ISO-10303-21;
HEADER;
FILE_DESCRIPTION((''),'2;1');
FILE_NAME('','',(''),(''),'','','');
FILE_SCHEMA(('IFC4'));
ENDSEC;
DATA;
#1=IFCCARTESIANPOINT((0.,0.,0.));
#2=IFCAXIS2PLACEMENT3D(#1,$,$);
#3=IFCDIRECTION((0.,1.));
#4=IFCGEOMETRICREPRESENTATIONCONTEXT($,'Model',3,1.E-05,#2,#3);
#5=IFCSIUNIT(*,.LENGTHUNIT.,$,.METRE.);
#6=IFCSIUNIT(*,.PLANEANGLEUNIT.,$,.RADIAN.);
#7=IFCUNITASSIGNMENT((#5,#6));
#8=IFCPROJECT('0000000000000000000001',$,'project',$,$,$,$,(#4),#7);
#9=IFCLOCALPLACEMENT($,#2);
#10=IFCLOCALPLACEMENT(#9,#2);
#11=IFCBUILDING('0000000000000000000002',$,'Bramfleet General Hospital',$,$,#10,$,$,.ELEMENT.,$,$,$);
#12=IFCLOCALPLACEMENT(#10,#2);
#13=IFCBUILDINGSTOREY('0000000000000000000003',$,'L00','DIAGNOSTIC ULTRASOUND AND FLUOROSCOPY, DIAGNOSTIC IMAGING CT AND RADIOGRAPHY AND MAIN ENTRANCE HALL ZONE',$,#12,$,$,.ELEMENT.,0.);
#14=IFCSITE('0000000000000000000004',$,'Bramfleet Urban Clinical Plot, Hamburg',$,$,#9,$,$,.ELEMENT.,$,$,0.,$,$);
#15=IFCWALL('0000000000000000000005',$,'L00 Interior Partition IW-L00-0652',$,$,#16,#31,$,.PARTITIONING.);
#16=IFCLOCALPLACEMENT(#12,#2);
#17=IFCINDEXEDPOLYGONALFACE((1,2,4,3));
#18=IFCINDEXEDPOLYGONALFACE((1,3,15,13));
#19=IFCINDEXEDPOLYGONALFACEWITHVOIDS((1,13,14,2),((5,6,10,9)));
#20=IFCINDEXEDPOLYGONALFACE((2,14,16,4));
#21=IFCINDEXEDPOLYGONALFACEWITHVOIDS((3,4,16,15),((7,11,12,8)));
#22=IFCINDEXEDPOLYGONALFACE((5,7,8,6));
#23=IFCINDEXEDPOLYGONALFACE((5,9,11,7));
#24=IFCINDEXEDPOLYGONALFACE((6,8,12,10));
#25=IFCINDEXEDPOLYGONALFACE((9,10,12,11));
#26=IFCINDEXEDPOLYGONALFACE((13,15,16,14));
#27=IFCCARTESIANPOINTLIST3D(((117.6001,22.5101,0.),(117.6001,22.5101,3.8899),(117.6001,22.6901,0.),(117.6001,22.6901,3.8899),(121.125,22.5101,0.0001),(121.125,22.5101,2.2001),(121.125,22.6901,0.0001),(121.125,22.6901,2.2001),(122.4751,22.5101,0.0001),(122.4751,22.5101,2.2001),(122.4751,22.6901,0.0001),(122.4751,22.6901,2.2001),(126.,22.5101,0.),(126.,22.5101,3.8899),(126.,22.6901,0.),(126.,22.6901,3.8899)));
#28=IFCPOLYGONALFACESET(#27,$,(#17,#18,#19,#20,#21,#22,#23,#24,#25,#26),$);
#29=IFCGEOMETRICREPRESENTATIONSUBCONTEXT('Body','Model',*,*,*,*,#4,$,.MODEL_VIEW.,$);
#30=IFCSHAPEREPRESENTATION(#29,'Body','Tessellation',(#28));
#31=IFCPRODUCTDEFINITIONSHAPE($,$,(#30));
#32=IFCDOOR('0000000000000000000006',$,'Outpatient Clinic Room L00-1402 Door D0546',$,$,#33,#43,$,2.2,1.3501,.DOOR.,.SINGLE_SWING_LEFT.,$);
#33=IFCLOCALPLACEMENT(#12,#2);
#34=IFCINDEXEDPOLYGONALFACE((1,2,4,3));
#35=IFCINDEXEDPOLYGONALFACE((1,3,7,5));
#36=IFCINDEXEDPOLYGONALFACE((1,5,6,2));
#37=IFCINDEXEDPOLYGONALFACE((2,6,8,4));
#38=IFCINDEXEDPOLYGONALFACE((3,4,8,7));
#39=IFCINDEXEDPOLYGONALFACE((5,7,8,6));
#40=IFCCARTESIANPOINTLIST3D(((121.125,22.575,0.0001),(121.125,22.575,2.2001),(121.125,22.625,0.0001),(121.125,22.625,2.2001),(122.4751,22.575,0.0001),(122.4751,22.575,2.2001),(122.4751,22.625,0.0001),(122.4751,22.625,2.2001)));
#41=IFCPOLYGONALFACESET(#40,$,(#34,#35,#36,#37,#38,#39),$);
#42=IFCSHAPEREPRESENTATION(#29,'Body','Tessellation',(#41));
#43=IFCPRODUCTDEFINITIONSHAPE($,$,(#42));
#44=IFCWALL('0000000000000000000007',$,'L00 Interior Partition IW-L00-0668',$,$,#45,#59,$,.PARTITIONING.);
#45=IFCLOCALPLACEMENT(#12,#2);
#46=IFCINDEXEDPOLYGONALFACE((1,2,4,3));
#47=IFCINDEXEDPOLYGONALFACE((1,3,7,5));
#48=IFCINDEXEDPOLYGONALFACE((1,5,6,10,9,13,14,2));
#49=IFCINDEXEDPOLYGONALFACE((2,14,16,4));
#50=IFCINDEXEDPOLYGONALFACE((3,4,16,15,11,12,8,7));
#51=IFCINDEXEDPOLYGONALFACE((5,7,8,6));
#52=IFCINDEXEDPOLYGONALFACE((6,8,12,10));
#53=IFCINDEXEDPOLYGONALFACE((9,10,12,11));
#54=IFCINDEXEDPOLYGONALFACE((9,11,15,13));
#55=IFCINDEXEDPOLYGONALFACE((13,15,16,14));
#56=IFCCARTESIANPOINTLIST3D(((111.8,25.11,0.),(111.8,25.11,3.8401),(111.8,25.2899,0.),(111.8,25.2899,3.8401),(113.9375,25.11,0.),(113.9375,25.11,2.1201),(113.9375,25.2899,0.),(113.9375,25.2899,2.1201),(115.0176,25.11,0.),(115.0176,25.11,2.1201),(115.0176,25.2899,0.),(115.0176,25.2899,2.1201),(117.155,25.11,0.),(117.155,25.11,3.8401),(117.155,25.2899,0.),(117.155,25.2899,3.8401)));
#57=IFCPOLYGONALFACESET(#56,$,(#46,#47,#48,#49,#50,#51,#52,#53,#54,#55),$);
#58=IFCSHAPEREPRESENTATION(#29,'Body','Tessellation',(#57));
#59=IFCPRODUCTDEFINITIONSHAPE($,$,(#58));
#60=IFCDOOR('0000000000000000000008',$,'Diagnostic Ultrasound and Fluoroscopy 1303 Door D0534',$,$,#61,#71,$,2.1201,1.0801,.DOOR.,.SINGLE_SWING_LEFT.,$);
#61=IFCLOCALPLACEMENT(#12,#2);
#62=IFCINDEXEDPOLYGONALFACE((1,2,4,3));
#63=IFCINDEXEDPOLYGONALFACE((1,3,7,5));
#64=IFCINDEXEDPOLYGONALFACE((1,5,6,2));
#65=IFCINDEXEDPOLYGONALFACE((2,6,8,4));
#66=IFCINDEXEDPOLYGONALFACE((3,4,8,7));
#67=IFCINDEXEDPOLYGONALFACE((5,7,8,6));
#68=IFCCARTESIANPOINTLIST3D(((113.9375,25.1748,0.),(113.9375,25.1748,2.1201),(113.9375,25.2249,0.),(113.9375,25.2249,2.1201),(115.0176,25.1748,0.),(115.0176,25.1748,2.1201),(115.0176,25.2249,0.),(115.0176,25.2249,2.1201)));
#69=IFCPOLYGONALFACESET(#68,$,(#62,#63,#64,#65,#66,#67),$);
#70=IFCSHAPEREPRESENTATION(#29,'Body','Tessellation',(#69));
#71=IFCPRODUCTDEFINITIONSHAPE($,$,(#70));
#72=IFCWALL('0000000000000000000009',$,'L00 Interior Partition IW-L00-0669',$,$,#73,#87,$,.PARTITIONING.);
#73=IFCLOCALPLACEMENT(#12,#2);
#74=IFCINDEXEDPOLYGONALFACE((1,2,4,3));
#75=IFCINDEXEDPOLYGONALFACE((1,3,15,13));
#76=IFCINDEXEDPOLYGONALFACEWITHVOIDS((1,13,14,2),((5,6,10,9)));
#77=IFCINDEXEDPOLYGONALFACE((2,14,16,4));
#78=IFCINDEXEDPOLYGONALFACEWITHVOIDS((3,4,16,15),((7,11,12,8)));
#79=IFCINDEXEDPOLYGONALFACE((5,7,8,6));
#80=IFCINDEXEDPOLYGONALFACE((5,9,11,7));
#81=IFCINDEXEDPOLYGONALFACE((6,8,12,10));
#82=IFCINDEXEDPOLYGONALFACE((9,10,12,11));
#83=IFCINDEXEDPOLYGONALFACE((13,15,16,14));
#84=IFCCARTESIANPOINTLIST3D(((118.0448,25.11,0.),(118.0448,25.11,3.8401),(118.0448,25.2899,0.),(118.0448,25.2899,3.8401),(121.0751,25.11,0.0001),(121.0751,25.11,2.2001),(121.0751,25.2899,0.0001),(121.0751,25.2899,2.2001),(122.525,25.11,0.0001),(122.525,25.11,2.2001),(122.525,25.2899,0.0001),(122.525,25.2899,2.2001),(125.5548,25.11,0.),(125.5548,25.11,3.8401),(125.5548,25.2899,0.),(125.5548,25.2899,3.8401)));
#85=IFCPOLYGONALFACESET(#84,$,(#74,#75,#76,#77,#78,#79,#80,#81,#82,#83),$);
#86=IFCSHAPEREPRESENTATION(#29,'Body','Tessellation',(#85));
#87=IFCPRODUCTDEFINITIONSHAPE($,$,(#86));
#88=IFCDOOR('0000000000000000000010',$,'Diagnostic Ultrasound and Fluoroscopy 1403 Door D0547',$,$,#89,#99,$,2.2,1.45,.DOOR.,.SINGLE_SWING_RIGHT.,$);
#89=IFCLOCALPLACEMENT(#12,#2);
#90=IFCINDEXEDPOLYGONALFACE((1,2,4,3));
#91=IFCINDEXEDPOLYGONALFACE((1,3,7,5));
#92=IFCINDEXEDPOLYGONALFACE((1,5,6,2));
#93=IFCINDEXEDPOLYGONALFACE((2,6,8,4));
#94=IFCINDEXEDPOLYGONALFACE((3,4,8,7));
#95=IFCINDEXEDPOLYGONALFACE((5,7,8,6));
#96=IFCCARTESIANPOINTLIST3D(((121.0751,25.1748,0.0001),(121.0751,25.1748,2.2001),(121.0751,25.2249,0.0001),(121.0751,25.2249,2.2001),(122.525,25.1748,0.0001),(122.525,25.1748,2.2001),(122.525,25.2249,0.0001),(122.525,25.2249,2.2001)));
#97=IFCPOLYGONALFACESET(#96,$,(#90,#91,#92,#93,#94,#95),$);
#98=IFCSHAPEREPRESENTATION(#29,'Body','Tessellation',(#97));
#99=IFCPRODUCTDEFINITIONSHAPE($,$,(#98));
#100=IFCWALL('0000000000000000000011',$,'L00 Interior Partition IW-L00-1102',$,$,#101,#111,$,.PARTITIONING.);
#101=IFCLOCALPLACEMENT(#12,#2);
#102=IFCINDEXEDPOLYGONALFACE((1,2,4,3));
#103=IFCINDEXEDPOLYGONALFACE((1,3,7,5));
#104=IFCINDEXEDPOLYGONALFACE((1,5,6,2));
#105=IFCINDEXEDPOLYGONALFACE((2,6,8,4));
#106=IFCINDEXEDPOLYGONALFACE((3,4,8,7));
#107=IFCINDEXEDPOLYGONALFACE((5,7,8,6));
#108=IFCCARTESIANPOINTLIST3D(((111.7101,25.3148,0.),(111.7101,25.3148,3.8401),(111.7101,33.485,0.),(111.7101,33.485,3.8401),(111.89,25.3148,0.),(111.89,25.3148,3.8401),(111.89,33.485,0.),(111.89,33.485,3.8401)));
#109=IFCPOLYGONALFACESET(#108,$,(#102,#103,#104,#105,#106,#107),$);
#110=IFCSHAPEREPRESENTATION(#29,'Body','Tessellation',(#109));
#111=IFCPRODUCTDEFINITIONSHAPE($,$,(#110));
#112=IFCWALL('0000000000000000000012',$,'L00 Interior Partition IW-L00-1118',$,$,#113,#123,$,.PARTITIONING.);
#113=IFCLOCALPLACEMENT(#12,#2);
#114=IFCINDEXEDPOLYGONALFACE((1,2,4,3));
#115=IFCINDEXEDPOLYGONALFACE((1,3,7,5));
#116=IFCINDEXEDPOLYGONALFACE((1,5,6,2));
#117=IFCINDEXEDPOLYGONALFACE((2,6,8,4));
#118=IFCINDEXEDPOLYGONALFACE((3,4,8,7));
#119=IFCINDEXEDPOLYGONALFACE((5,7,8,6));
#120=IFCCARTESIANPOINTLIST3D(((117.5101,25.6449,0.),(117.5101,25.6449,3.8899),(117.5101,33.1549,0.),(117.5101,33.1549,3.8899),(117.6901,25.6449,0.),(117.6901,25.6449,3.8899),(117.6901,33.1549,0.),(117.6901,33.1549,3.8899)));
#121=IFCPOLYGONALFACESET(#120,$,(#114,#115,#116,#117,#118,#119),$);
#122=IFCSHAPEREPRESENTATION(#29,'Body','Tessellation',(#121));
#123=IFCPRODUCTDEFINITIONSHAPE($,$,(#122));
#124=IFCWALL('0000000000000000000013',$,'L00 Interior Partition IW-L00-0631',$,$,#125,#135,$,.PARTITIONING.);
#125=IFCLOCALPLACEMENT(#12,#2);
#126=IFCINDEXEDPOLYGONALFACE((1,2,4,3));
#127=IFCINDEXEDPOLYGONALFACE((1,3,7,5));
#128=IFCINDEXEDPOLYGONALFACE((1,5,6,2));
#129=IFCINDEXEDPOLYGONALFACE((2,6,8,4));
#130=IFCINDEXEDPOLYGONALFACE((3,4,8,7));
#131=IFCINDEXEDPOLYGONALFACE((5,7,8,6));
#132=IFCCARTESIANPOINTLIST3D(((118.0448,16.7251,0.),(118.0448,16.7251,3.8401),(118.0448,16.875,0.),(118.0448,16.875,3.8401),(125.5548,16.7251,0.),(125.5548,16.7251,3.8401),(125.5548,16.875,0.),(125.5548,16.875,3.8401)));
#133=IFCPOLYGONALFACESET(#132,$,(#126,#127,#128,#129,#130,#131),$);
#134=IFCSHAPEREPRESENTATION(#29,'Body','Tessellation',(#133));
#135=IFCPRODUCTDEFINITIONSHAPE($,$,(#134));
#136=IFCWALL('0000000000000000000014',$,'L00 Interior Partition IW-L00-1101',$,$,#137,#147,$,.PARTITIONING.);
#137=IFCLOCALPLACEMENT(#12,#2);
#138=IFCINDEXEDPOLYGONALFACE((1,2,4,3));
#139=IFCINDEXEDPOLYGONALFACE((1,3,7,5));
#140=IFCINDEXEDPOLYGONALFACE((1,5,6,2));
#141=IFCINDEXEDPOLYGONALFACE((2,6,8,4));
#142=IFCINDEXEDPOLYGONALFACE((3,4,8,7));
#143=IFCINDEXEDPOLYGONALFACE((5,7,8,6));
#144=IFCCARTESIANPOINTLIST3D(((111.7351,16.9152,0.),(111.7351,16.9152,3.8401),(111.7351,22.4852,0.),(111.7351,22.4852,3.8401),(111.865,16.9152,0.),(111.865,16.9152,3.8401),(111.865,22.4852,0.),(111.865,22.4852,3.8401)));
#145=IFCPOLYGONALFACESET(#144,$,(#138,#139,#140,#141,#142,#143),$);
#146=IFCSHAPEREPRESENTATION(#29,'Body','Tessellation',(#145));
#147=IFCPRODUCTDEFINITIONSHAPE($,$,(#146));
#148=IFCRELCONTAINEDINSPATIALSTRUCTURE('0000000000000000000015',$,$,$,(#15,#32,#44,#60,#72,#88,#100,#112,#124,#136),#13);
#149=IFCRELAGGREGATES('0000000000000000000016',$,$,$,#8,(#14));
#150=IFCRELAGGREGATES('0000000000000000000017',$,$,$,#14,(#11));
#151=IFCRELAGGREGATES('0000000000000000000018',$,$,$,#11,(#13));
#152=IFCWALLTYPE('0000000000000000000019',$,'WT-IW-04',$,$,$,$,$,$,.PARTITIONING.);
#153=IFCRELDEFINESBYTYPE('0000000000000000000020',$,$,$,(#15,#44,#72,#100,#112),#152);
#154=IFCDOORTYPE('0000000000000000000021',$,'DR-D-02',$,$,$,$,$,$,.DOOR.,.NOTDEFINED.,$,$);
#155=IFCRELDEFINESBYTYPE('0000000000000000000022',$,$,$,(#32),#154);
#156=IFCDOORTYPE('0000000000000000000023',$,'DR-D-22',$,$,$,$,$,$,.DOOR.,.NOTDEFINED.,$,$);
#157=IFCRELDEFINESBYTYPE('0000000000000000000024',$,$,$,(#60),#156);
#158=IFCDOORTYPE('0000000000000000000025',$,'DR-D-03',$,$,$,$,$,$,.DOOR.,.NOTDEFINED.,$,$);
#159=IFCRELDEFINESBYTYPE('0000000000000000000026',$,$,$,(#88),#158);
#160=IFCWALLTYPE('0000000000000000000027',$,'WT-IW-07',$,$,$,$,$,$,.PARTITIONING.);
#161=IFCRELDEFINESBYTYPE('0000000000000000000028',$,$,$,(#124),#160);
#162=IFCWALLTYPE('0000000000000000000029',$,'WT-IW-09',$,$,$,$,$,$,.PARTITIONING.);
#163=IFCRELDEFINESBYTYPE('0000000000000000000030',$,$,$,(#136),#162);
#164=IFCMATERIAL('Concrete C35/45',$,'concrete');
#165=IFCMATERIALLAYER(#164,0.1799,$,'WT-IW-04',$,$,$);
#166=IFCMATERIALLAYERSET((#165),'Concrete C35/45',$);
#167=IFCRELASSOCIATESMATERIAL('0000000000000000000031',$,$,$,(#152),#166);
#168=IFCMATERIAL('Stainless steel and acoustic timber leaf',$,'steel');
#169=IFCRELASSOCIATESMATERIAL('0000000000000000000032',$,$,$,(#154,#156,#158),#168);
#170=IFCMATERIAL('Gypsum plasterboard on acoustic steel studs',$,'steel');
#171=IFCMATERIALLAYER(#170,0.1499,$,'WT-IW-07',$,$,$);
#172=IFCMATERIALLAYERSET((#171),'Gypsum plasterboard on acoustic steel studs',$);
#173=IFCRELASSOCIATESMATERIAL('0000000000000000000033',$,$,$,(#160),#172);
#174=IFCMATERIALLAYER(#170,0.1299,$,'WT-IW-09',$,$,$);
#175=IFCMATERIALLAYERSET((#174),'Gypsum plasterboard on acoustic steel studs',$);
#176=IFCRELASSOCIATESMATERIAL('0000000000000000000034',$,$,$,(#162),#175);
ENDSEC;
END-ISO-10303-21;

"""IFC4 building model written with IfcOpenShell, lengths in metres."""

from ifc_helpers import new_model, si_unit, direction, frame, frame_2d, origin, place, context, subcontext, project, spatial, rectangle, extrude, material, layer, layer_set, type_object, element, fill, save


model = new_model("IFC4")

# Units and contexts
model_context = context("Model", 3, precision=1e-05, world=origin(), true_north=direction((0.0, 1.0)))
body_context = subcontext(model_context, "Body", "Model", "MODEL_VIEW")
ifc_project = project(units=[si_unit("LENGTHUNIT", "METRE"), si_unit("PLANEANGLEUNIT", "RADIAN")], contexts=[model_context])

# Site, building, storey
site_placement = place(None, origin())
site = spatial("IfcSite", under=ifc_project, at=site_placement, Name="Bramfleet Urban Clinical Plot, Hamburg", CompositionType="ELEMENT", RefElevation=0.0)
building_placement = place(site_placement, origin())
building = spatial("IfcBuilding", under=site, at=building_placement, Name="Bramfleet General Hospital", CompositionType="ELEMENT")
storey_placement = place(building_placement, origin())
storey = spatial("IfcBuildingStorey", under=building, at=storey_placement, Name="L00", Description="DIAGNOSTIC ULTRASOUND AND FLUOROSCOPY, DIAGNOSTIC IMAGING CT AND RADIOGRAPHY AND MAIN ENTRANCE HALL ZONE", CompositionType="ELEMENT", Elevation=0.0)

# Shared definitions
ifc_material_1 = material(Name="Concrete C35/45", Category="concrete")

# Walls, openings, doors
ifc_material_2 = material(Name="Stainless steel and acoustic timber leaf", Category="steel")
ifc_layer_1 = layer(ifc_material_1, 0.1799, Name="WT-IW-04")
ifc_layer_set_1 = layer_set([ifc_layer_1], Name="Concrete C35/45")
wall_type_1 = type_object("IfcWallType", Name="WT-IW-04", PredefinedType="PARTITIONING", material=ifc_layer_set_1)
wall_1_placement = place(storey_placement, frame((117.6001, 22.6001, 0.0), z_axis=(0.0, 0.0, 1.0), x_axis=(1.0, 0.0, 0.0)))
wall_1 = element("IfcWall", 1, at=wall_1_placement, inside=storey, type_object=wall_type_1, Name="L00 Interior Partition IW-L00-0652", PredefinedType="PARTITIONING", context=body_context, shape_type="SweptSolid", body=[
    extrude(rectangle(XDim=8.3999, YDim=0.1799, at=frame_2d((4.2, 0.0))), origin(), (0.0, 0.0, 1.0), 3.8899),
])
opening_1_placement = place(wall_1_placement, frame((3.5249, 0.0, 0.0)))
opening_1 = element("IfcOpeningElement", 2, at=opening_1_placement, cuts=wall_1, PredefinedType="OPENING", context=body_context, shape_type="SweptSolid", body=[
    extrude(rectangle(XDim=1.3501, YDim=2.2, at=frame_2d((0.675, 1.1001))), frame((0.0, 0.0999, 0.0), z_axis=(0.0, -1.0, 0.0), x_axis=(1.0, 0.0, 0.0)), (0.0, 0.0, 1.0), 0.2),
])
door_type_1 = type_object("IfcDoorType", Name="DR-D-02", OperationType="NOTDEFINED", PredefinedType="DOOR", material=ifc_material_2)
door_1_placement = place(opening_1_placement, origin())
door_1 = element("IfcDoor", 3, at=door_1_placement, inside=storey, type_object=door_type_1, Name="Outpatient Clinic Room L00-1402 Door D0546", OperationType="SINGLE_SWING_LEFT", OverallHeight=2.2, OverallWidth=1.3501, PredefinedType="DOOR", context=body_context, shape_type="SweptSolid", body=[
    extrude(rectangle(XDim=1.3501, YDim=2.2, at=frame_2d((0.675, 1.1001))), frame((0.0, 0.0249, 0.0), z_axis=(0.0, -1.0, 0.0), x_axis=(1.0, 0.0, 0.0)), (0.0, 0.0, 1.0), 0.05),
])
fill(opening_1, door_1)
wall_2_placement = place(storey_placement, frame((111.8, 25.2, 0.0), z_axis=(0.0, 0.0, 1.0), x_axis=(1.0, 0.0, 0.0)))
wall_2 = element("IfcWall", 4, at=wall_2_placement, inside=storey, type_object=wall_type_1, Name="L00 Interior Partition IW-L00-0668", PredefinedType="PARTITIONING", context=body_context, shape_type="SweptSolid", body=[
    extrude(rectangle(XDim=5.355, YDim=0.1799, at=frame_2d((2.6775, 0.0))), origin(), (0.0, 0.0, 1.0), 3.8401),
])
opening_2_placement = place(wall_2_placement, frame((2.1375, 0.0, 0.0)))
opening_2 = element("IfcOpeningElement", 5, at=opening_2_placement, cuts=wall_2, PredefinedType="OPENING", context=body_context, shape_type="SweptSolid", body=[
    extrude(rectangle(XDim=1.0801, YDim=2.1201, at=frame_2d((0.54, 1.0601))), frame((0.0, 0.0999, 0.0), z_axis=(0.0, -1.0, 0.0), x_axis=(1.0, 0.0, 0.0)), (0.0, 0.0, 1.0), 0.2),
])
door_type_2 = type_object("IfcDoorType", Name="DR-D-22", OperationType="NOTDEFINED", PredefinedType="DOOR", material=ifc_material_2)
door_2_placement = place(opening_2_placement, origin())
door_2 = element("IfcDoor", 6, at=door_2_placement, inside=storey, type_object=door_type_2, Name="Diagnostic Ultrasound and Fluoroscopy 1303 Door D0534", OperationType="SINGLE_SWING_LEFT", OverallHeight=2.1201, OverallWidth=1.0801, PredefinedType="DOOR", context=body_context, shape_type="SweptSolid", body=[
    extrude(rectangle(XDim=1.0801, YDim=2.1201, at=frame_2d((0.54, 1.0601))), frame((0.0, 0.0249, 0.0), z_axis=(0.0, -1.0, 0.0), x_axis=(1.0, 0.0, 0.0)), (0.0, 0.0, 1.0), 0.05),
])
fill(opening_2, door_2)
wall_3_placement = place(storey_placement, frame((118.0449, 25.2, 0.0), z_axis=(0.0, 0.0, 1.0), x_axis=(1.0, 0.0, 0.0)))
wall_3 = element("IfcWall", 7, at=wall_3_placement, inside=storey, type_object=wall_type_1, Name="L00 Interior Partition IW-L00-0669", PredefinedType="PARTITIONING", context=body_context, shape_type="SweptSolid", body=[
    extrude(rectangle(XDim=7.51, YDim=0.1799, at=frame_2d((3.7549, 0.0))), origin(), (0.0, 0.0, 1.0), 3.8401),
])
opening_3_placement = place(wall_3_placement, frame((3.03, 0.0, 0.0)))
opening_3 = element("IfcOpeningElement", 8, at=opening_3_placement, cuts=wall_3, PredefinedType="OPENING", context=body_context, shape_type="SweptSolid", body=[
    extrude(rectangle(XDim=1.45, YDim=2.2, at=frame_2d((0.7251, 1.1001))), frame((0.0, 0.0999, 0.0), z_axis=(0.0, -1.0, 0.0), x_axis=(1.0, 0.0, 0.0)), (0.0, 0.0, 1.0), 0.2),
])
door_type_3 = type_object("IfcDoorType", Name="DR-D-03", OperationType="NOTDEFINED", PredefinedType="DOOR", material=ifc_material_2)
door_3_placement = place(opening_3_placement, origin())
door_3 = element("IfcDoor", 9, at=door_3_placement, inside=storey, type_object=door_type_3, Name="Diagnostic Ultrasound and Fluoroscopy 1403 Door D0547", OperationType="SINGLE_SWING_RIGHT", OverallHeight=2.2, OverallWidth=1.45, PredefinedType="DOOR", context=body_context, shape_type="SweptSolid", body=[
    extrude(rectangle(XDim=1.45, YDim=2.2, at=frame_2d((0.7251, 1.1001))), frame((0.0, 0.0249, 0.0), z_axis=(0.0, -1.0, 0.0), x_axis=(1.0, 0.0, 0.0)), (0.0, 0.0, 1.0), 0.05),
])
fill(opening_3, door_3)

# Walls
wall_4_placement = place(storey_placement, frame((111.8, 25.3149, 0.0), z_axis=(0.0, 0.0, 1.0), x_axis=(0.0, 1.0, 0.0)))
element("IfcWall", 10, at=wall_4_placement, inside=storey, type_object=wall_type_1, Name="L00 Interior Partition IW-L00-1102", PredefinedType="PARTITIONING", context=body_context, shape_type="SweptSolid", body=[
    extrude(rectangle(XDim=8.1702, YDim=0.1799, at=frame_2d((4.085, 0.0))), origin(), (0.0, 0.0, 1.0), 3.8401),
])
wall_5_placement = place(storey_placement, frame((117.6001, 25.645, 0.0), z_axis=(0.0, 0.0, 1.0), x_axis=(0.0, 1.0, 0.0)))
element("IfcWall", 11, at=wall_5_placement, inside=storey, type_object=wall_type_1, Name="L00 Interior Partition IW-L00-1118", PredefinedType="PARTITIONING", context=body_context, shape_type="SweptSolid", body=[
    extrude(rectangle(XDim=7.51, YDim=0.1799, at=frame_2d((3.7549, 0.0))), origin(), (0.0, 0.0, 1.0), 3.8899),
])
ifc_material_3 = material(Name="Gypsum plasterboard on acoustic steel studs", Category="steel")
ifc_layer_2 = layer(ifc_material_3, 0.1499, Name="WT-IW-07")
ifc_layer_set_2 = layer_set([ifc_layer_2], Name="Gypsum plasterboard on acoustic steel studs")
wall_type_2 = type_object("IfcWallType", Name="WT-IW-07", PredefinedType="PARTITIONING", material=ifc_layer_set_2)
wall_6_placement = place(storey_placement, frame((118.0449, 16.8, 0.0), z_axis=(0.0, 0.0, 1.0), x_axis=(1.0, 0.0, 0.0)))
element("IfcWall", 12, at=wall_6_placement, inside=storey, type_object=wall_type_2, Name="L00 Interior Partition IW-L00-0631", PredefinedType="PARTITIONING", context=body_context, shape_type="SweptSolid", body=[
    extrude(rectangle(XDim=7.51, YDim=0.1499, at=frame_2d((3.7549, 0.0))), origin(), (0.0, 0.0, 1.0), 3.8401),
])
ifc_layer_3 = layer(ifc_material_3, 0.1299, Name="WT-IW-09")
ifc_layer_set_3 = layer_set([ifc_layer_3], Name="Gypsum plasterboard on acoustic steel studs")
wall_type_3 = type_object("IfcWallType", Name="WT-IW-09", PredefinedType="PARTITIONING", material=ifc_layer_set_3)
wall_7_placement = place(storey_placement, frame((111.8, 16.915, 0.0), z_axis=(0.0, 0.0, 1.0), x_axis=(0.0, 1.0, 0.0)))
element("IfcWall", 13, at=wall_7_placement, inside=storey, type_object=wall_type_3, Name="L00 Interior Partition IW-L00-1101", PredefinedType="PARTITIONING", context=body_context, shape_type="SweptSolid", body=[
    extrude(rectangle(XDim=5.5701, YDim=0.1299, at=frame_2d((2.7852, 0.0))), origin(), (0.0, 0.0, 1.0), 3.8401),
])

save(model, "model.ifc")
